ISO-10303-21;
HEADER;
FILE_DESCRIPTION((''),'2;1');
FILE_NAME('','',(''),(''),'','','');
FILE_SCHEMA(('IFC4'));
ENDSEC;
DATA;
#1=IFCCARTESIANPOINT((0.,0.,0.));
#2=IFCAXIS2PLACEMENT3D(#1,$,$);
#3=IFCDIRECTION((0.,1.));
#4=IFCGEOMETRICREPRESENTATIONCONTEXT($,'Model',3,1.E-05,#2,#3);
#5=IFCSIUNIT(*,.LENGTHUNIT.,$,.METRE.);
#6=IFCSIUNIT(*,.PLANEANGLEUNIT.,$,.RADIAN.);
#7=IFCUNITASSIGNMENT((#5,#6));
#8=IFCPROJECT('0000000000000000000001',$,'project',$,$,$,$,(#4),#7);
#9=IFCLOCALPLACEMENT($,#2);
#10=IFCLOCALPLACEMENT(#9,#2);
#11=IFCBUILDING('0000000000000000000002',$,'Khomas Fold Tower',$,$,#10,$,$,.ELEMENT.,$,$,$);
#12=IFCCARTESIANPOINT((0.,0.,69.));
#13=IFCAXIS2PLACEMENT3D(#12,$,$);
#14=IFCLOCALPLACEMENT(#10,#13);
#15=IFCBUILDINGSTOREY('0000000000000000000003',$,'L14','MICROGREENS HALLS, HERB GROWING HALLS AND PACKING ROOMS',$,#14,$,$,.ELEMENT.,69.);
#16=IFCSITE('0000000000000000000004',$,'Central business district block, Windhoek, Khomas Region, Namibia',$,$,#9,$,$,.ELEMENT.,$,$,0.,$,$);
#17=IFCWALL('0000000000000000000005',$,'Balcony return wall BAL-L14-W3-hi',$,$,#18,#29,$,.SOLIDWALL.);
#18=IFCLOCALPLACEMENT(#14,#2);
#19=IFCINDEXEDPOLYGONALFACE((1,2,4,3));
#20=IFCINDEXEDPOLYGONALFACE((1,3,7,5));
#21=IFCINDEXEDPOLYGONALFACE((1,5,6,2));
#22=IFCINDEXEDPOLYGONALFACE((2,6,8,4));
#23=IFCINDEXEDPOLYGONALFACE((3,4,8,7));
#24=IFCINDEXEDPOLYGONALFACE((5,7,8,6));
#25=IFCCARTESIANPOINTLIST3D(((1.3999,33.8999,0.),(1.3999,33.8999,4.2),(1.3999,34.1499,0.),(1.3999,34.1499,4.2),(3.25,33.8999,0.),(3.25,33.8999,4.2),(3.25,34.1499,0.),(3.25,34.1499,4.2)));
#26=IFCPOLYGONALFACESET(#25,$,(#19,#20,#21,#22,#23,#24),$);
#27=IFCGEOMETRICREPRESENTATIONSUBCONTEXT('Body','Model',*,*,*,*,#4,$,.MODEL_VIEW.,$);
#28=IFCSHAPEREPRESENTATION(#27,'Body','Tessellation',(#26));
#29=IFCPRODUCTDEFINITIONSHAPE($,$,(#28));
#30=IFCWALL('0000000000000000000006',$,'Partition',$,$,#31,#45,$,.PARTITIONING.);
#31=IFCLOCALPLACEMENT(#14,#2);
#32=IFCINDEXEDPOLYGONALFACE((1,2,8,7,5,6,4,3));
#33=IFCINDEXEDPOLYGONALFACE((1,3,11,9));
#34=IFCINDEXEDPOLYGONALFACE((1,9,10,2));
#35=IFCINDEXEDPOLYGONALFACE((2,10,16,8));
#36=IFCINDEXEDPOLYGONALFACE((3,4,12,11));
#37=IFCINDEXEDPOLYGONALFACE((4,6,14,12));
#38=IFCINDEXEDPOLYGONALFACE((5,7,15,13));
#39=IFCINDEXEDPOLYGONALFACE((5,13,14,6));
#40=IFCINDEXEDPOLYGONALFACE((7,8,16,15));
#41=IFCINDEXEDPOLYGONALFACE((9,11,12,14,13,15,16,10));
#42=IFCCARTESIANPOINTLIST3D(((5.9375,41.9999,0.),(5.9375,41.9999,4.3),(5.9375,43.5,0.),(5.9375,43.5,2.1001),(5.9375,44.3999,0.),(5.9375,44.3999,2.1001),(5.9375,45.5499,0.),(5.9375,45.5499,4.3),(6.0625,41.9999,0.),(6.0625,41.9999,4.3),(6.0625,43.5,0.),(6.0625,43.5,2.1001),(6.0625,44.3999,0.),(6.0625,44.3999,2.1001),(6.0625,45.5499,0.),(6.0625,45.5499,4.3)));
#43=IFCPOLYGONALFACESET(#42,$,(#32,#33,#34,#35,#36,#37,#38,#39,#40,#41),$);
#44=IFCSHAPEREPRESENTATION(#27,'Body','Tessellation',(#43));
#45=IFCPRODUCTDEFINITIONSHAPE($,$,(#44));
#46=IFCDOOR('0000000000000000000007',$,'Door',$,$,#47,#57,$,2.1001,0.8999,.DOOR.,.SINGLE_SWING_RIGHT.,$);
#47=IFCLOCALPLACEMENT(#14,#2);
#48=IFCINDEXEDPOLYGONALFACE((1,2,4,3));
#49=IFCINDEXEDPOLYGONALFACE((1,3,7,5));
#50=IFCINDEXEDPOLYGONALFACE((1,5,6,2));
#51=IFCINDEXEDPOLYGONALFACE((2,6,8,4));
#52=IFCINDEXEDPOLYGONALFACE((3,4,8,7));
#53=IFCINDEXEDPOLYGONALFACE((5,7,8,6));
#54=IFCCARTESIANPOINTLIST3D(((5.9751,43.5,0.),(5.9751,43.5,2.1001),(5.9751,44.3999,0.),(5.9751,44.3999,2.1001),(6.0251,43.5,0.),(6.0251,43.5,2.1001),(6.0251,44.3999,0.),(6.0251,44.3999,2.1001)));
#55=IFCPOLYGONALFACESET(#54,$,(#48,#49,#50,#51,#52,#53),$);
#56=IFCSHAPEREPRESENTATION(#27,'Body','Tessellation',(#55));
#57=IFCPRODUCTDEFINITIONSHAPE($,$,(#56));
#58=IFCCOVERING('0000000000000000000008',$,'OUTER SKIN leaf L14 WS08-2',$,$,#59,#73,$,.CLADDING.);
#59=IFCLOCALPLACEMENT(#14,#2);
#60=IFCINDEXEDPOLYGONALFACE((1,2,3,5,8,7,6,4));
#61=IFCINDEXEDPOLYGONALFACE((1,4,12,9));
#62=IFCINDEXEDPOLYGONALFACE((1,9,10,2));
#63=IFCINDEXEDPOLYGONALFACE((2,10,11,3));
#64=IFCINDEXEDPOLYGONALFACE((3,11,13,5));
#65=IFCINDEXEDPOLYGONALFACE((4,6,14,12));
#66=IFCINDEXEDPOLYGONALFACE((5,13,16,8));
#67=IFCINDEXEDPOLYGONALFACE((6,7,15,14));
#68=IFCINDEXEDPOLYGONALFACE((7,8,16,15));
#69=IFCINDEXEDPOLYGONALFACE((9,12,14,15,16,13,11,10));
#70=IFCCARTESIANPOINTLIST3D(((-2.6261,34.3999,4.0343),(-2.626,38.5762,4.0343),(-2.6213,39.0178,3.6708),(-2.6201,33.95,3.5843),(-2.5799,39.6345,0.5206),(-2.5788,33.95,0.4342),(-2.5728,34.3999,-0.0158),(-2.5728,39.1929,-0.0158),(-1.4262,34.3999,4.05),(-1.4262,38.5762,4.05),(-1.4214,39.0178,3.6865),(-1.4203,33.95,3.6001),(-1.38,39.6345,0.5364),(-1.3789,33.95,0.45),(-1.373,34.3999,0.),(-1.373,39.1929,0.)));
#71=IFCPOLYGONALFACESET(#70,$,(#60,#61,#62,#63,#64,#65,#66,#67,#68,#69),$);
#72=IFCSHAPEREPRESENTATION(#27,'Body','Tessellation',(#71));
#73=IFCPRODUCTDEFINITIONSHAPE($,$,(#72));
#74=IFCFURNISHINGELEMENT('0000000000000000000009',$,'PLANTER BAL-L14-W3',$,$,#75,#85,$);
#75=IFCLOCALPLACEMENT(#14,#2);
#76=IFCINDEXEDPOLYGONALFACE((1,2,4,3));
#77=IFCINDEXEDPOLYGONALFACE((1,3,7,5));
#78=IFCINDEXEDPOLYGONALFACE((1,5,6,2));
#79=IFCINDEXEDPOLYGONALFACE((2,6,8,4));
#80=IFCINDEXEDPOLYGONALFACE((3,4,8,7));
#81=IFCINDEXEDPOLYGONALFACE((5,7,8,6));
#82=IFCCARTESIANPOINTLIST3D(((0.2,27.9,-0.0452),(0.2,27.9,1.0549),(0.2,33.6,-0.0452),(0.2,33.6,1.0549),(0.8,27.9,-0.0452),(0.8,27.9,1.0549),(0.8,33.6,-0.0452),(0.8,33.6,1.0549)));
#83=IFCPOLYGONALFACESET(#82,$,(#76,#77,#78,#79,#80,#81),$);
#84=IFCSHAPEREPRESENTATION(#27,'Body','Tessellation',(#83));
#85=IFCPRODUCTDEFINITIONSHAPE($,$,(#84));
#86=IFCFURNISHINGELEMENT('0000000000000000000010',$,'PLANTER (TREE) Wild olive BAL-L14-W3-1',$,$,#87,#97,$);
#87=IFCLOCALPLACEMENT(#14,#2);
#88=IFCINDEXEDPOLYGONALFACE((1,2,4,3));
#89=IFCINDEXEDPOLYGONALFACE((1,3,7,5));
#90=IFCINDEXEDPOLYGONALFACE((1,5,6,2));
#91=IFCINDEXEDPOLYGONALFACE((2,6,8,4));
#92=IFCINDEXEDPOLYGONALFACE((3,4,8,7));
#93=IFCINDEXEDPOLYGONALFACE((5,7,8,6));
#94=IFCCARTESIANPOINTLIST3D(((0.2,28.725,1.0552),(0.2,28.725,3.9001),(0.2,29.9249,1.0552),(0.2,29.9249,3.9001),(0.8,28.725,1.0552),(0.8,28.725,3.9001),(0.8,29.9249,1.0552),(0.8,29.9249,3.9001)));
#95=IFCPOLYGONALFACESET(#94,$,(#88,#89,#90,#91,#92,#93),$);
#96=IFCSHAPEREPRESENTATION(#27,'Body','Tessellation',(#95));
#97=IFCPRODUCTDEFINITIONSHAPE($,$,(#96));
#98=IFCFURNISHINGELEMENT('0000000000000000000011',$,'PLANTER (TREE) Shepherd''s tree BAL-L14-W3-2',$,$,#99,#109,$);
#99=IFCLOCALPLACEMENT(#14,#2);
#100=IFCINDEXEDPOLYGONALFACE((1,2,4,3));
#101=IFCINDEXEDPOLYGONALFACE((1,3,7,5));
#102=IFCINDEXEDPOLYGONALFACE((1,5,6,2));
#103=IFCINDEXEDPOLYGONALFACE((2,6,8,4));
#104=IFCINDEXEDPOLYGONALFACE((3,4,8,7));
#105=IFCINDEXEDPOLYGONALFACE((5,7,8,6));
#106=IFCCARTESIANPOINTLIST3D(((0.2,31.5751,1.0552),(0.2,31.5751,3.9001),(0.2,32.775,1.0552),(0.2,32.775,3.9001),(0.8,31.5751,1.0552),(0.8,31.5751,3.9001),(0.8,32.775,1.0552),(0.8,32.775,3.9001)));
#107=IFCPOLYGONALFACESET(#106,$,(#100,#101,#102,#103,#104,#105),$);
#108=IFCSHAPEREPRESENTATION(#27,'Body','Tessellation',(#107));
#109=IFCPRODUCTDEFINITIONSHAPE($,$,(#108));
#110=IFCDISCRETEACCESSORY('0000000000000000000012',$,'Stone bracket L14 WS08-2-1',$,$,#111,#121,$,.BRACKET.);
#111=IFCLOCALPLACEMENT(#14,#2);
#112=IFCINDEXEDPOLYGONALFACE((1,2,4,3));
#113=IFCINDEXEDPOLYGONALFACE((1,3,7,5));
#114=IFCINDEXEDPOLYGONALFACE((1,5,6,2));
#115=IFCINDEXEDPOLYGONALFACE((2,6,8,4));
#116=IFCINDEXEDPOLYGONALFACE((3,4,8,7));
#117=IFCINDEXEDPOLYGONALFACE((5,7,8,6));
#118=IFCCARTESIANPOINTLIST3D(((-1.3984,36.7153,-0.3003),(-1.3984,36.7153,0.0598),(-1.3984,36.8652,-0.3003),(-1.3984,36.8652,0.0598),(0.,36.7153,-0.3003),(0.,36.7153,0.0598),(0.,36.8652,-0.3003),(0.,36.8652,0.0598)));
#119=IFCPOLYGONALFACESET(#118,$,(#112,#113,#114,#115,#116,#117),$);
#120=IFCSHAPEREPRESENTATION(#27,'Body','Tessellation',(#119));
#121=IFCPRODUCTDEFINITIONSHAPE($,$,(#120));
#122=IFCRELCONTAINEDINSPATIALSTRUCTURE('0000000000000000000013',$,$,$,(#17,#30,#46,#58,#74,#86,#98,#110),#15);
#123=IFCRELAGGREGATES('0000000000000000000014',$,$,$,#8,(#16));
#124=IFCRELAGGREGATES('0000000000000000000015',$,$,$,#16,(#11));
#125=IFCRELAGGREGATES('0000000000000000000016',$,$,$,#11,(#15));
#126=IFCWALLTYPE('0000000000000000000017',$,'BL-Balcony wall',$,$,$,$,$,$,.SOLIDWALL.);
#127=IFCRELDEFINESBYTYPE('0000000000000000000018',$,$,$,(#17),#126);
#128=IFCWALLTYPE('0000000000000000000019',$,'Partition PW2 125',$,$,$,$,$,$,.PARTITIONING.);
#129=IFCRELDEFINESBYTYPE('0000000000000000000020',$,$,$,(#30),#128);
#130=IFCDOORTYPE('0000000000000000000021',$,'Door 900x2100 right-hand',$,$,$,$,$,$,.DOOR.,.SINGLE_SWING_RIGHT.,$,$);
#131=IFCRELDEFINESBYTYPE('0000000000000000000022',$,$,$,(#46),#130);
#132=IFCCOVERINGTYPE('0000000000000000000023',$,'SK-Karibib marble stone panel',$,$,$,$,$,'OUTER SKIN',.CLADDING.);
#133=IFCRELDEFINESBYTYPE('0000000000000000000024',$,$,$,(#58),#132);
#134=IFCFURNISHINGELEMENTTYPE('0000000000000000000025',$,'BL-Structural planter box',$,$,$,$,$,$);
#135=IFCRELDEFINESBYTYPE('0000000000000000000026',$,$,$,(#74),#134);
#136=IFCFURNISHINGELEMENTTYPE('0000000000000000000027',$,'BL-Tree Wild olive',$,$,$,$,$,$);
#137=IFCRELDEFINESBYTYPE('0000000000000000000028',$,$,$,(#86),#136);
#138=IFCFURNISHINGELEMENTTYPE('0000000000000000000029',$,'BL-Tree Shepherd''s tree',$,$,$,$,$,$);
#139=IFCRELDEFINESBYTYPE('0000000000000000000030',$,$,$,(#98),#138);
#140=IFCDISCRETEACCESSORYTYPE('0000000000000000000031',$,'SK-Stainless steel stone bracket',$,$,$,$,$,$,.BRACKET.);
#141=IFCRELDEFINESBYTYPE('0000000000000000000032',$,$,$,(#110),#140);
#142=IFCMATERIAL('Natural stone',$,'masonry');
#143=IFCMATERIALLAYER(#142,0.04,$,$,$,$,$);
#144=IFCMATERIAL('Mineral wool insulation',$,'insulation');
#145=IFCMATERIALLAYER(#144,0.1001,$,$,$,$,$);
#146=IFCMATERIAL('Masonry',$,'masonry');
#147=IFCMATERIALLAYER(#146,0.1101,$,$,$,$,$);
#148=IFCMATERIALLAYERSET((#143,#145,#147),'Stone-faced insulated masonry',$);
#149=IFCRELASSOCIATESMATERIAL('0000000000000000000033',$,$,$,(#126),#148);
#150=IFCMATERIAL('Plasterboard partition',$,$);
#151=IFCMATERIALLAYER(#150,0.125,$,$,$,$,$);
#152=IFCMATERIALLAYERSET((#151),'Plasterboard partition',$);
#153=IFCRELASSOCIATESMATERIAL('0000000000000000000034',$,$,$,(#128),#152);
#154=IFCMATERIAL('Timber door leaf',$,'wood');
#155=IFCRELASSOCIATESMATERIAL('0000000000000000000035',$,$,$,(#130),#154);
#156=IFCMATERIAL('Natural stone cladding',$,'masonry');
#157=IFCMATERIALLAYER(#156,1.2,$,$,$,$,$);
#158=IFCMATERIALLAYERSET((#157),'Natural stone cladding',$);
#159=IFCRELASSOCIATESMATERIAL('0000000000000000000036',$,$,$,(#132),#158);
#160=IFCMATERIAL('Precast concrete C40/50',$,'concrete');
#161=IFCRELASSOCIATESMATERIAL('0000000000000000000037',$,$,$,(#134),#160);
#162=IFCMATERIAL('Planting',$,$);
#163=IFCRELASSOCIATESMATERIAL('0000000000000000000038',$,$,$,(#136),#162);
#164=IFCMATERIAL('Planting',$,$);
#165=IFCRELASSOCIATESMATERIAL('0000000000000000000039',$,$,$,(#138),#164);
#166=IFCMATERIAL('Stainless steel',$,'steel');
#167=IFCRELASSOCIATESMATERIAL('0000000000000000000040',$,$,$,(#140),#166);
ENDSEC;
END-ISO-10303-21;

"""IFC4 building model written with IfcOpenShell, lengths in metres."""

from ifc_helpers import new_model, si_unit, direction, frame, frame_2d, origin, origin_2d, place, context, subcontext, project, spatial, polyline, rectangle, outline, extrude, source, transform, mapped, material, layer, layer_set, type_object, element, fill, save


model = new_model("IFC4")

# Units and contexts
model_context = context("Model", 3, precision=1e-05, world=origin(), true_north=direction((0.0, 1.0)))
body_context = subcontext(model_context, "Body", "Model", "MODEL_VIEW")
ifc_project = project(units=[si_unit("LENGTHUNIT", "METRE"), si_unit("PLANEANGLEUNIT", "RADIAN")], contexts=[model_context])

# Site, building, storey
site_placement = place(None, origin())
site = spatial("IfcSite", under=ifc_project, at=site_placement, Name="Central business district block, Windhoek, Khomas Region, Namibia", CompositionType="ELEMENT", RefElevation=0.0)
building_placement = place(site_placement, origin())
building = spatial("IfcBuilding", under=site, at=building_placement, Name="Khomas Fold Tower", CompositionType="ELEMENT")
storey_placement = place(building_placement, frame((0.0, 0.0, 69.0)))
storey = spatial("IfcBuildingStorey", under=building, at=storey_placement, Name="L14", Description="MICROGREENS HALLS, HERB GROWING HALLS AND PACKING ROOMS", CompositionType="ELEMENT", Elevation=69.0)

# Wall
ifc_material_1 = material(Name="Natural stone", Category="masonry")
ifc_layer_1 = layer(ifc_material_1, 0.04)
ifc_material_2 = material(Name="Mineral wool insulation", Category="insulation")
ifc_layer_2 = layer(ifc_material_2, 0.1001)
ifc_material_3 = material(Name="Masonry", Category="masonry")
ifc_layer_3 = layer(ifc_material_3, 0.1101)
ifc_layer_set_1 = layer_set([ifc_layer_1, ifc_layer_2, ifc_layer_3], Name="Stone-faced insulated masonry")
wall_type_1 = type_object("IfcWallType", Name="BL-Balcony wall", PredefinedType="SOLIDWALL", material=ifc_layer_set_1)
shared_shape_1 = source(origin(), body_context, "Body", "SweptSolid", [
    extrude(rectangle(XDim=1.8501, YDim=0.25, at=frame_2d((0.925, 0.0))), origin(), (0.0, 0.0, 1.0), 4.2),
])
wall_1_placement = place(storey_placement, frame((1.3999, 34.0249, 0.0), z_axis=(0.0, 0.0, 1.0), x_axis=(1.0, 0.0, 0.0)))
element("IfcWall", 1, at=wall_1_placement, inside=storey, type_object=wall_type_1, Name="Balcony return wall BAL-L14-W3-hi", PredefinedType="SOLIDWALL", context=body_context, shape_type="MappedRepresentation", body=[
    mapped(shared_shape_1, transform((0.0, 0.0, 0.0))),
])

# Wall, opening, door
ifc_material_4 = material(Name="Plasterboard partition")
ifc_layer_4 = layer(ifc_material_4, 0.125)
ifc_layer_set_2 = layer_set([ifc_layer_4], Name="Plasterboard partition")
wall_type_2 = type_object("IfcWallType", Name="Partition PW2 125", PredefinedType="PARTITIONING", material=ifc_layer_set_2)
shared_shape_2 = source(origin(), body_context, "Body", "SweptSolid", [
    extrude(rectangle(XDim=3.55, YDim=0.125, at=frame_2d((1.7749, 0.0))), origin(), (0.0, 0.0, 1.0), 4.3),
])
wall_2_placement = place(storey_placement, frame((6.0, 42.0, 0.0), z_axis=(0.0, 0.0, 1.0), x_axis=(0.0, 1.0, 0.0)))
wall_2 = element("IfcWall", 2, at=wall_2_placement, inside=storey, type_object=wall_type_2, Name="Partition", PredefinedType="PARTITIONING", context=body_context, shape_type="MappedRepresentation", body=[
    mapped(shared_shape_2, transform((0.0, 0.0, 0.0))),
])
shared_shape_3 = source(origin(), body_context, "Body", "SweptSolid", [
    extrude(rectangle(XDim=0.8999, YDim=2.1001, at=frame_2d((0.45, 1.05))), frame((0.0, 0.0725, 0.0), z_axis=(0.0, -1.0, 0.0), x_axis=(1.0, 0.0, 0.0)), (0.0, 0.0, 1.0), 0.145),
])
opening_1_placement = place(wall_2_placement, frame((1.5, 0.0, 0.0)))
opening_1 = element("IfcOpeningElement", 3, at=opening_1_placement, cuts=wall_2, PredefinedType="OPENING", context=body_context, shape_type="MappedRepresentation", body=[
    mapped(shared_shape_3, transform((0.0, 0.0, 0.0))),
])
ifc_material_5 = material(Name="Timber door leaf", Category="wood")
door_type_1 = type_object("IfcDoorType", Name="Door 900x2100 right-hand", OperationType="SINGLE_SWING_RIGHT", PredefinedType="DOOR", material=ifc_material_5)
shared_shape_4 = source(origin(), body_context, "Body", "SweptSolid", [
    extrude(rectangle(XDim=0.8999, YDim=2.1001, at=frame_2d((0.45, 1.05))), frame((0.0, 0.0249, 0.0), z_axis=(0.0, -1.0, 0.0), x_axis=(1.0, 0.0, 0.0)), (0.0, 0.0, 1.0), 0.05),
])
door_1_placement = place(opening_1_placement, origin())
door_1 = element("IfcDoor", 4, at=door_1_placement, inside=storey, type_object=door_type_1, Name="Door", OperationType="SINGLE_SWING_RIGHT", OverallHeight=2.1001, OverallWidth=0.8999, PredefinedType="DOOR", context=body_context, shape_type="MappedRepresentation", body=[
    mapped(shared_shape_4, transform((0.0, 0.0, 0.0))),
])
fill(opening_1, door_1)

# Covering
ifc_material_6 = material(Name="Natural stone cladding", Category="masonry")
ifc_layer_5 = layer(ifc_material_6, 1.2)
ifc_layer_set_3 = layer_set([ifc_layer_5], Name="Natural stone cladding")
covering_type = type_object("IfcCoveringType", Name="SK-Karibib marble stone panel", ElementType="OUTER SKIN", PredefinedType="CLADDING", material=ifc_layer_set_3)
covering_placement = place(storey_placement, frame((-1.3789, 33.95, 0.45), z_axis=(0.999914, -0.000006, 0.013139), x_axis=(-0.013139, 0.0, 0.999914)))
element("IfcCovering", 5, at=covering_placement, inside=storey, type_object=covering_type, Name="OUTER SKIN leaf L14 WS08-2", PredefinedType="CLADDING", context=body_context, shape_type="SweptSolid", body=[
    extrude(outline(polyline([(0.0, 0.0), (3.1504, 0.0), (3.6004, -0.45), (3.6004, -4.6262), (3.2369, -5.0679), (0.0864, -5.6846), (-0.45, -5.2429), (-0.45, -0.45), (0.0, 0.0)])), origin(), (0.0, 0.0, -1.0), 1.2),
])

# Furnishing elements
ifc_material_7 = material(Name="Precast concrete C40/50", Category="concrete")
furnishing_element_type_1 = type_object("IfcFurnishingElementType", Name="BL-Structural planter box", material=ifc_material_7)
shared_shape_5 = source(origin(), body_context, "Body", "SweptSolid", [
    extrude(rectangle(XDim=5.7, YDim=0.6001, at=origin_2d()), origin(), (0.0, 0.0, 1.0), 1.1001),
])
furnishing_1_placement = place(storey_placement, frame((0.5, 30.75, -0.0452), z_axis=(0.0, 0.0, 1.0), x_axis=(0.0, 1.0, 0.0)))
element("IfcFurnishingElement", 6, at=furnishing_1_placement, inside=storey, type_object=furnishing_element_type_1, Name="PLANTER BAL-L14-W3", context=body_context, shape_type="MappedRepresentation", body=[
    mapped(shared_shape_5, transform((0.0, 0.0, 0.0))),
])
ifc_material_8 = material(Name="Planting")
furnishing_element_type_2 = type_object("IfcFurnishingElementType", Name="BL-Tree Wild olive", material=ifc_material_8)
shared_shape_6 = source(origin(), body_context, "Body", "SweptSolid", [
    extrude(rectangle(XDim=1.2, YDim=0.6001, at=origin_2d()), origin(), (0.0, 0.0, 1.0), 2.845),
])
furnishing_2_placement = place(storey_placement, frame((0.5, 29.325, 1.0552), z_axis=(0.0, 0.0, 1.0), x_axis=(0.0, 1.0, 0.0)))
element("IfcFurnishingElement", 7, at=furnishing_2_placement, inside=storey, type_object=furnishing_element_type_2, Name="PLANTER (TREE) Wild olive BAL-L14-W3-1", context=body_context, shape_type="MappedRepresentation", body=[
    mapped(shared_shape_6, transform((0.0, 0.0, 0.0))),
])
ifc_material_9 = material(Name="Planting")
furnishing_element_type_3 = type_object("IfcFurnishingElementType", Name="BL-Tree Shepherd's tree", material=ifc_material_9)
furnishing_3_placement = place(storey_placement, frame((0.5, 32.175, 1.0552), z_axis=(0.0, 0.0, 1.0), x_axis=(0.0, 1.0, 0.0)))
element("IfcFurnishingElement", 8, at=furnishing_3_placement, inside=storey, type_object=furnishing_element_type_3, Name="PLANTER (TREE) Shepherd's tree BAL-L14-W3-2", context=body_context, shape_type="MappedRepresentation", body=[
    mapped(shared_shape_6, transform((0.0, 0.0, 0.0))),
])

# Discrete accessory
ifc_material_10 = material(Name="Stainless steel", Category="steel")
discrete_accessory_type = type_object("IfcDiscreteAccessoryType", Name="SK-Stainless steel stone bracket", PredefinedType="BRACKET", material=ifc_material_10)
shared_shape_7 = source(origin(), body_context, "Body", "SweptSolid", [
    extrude(rectangle(XDim=1.3984, YDim=0.1499, at=origin_2d()), origin(), (0.0, 0.0, 1.0), 0.3601),
])
discrete_accessory_placement = place(storey_placement, frame((-0.6992, 36.7903, -0.3003), z_axis=(0.0, 0.0, 1.0), x_axis=(-1.0, 0.0, 0.0)))
element("IfcDiscreteAccessory", 9, at=discrete_accessory_placement, inside=storey, type_object=discrete_accessory_type, Name="Stone bracket L14 WS08-2-1", PredefinedType="BRACKET", context=body_context, shape_type="MappedRepresentation", body=[
    mapped(shared_shape_7, transform((0.0, 0.0, 0.0))),
])

save(model, "model.ifc")
